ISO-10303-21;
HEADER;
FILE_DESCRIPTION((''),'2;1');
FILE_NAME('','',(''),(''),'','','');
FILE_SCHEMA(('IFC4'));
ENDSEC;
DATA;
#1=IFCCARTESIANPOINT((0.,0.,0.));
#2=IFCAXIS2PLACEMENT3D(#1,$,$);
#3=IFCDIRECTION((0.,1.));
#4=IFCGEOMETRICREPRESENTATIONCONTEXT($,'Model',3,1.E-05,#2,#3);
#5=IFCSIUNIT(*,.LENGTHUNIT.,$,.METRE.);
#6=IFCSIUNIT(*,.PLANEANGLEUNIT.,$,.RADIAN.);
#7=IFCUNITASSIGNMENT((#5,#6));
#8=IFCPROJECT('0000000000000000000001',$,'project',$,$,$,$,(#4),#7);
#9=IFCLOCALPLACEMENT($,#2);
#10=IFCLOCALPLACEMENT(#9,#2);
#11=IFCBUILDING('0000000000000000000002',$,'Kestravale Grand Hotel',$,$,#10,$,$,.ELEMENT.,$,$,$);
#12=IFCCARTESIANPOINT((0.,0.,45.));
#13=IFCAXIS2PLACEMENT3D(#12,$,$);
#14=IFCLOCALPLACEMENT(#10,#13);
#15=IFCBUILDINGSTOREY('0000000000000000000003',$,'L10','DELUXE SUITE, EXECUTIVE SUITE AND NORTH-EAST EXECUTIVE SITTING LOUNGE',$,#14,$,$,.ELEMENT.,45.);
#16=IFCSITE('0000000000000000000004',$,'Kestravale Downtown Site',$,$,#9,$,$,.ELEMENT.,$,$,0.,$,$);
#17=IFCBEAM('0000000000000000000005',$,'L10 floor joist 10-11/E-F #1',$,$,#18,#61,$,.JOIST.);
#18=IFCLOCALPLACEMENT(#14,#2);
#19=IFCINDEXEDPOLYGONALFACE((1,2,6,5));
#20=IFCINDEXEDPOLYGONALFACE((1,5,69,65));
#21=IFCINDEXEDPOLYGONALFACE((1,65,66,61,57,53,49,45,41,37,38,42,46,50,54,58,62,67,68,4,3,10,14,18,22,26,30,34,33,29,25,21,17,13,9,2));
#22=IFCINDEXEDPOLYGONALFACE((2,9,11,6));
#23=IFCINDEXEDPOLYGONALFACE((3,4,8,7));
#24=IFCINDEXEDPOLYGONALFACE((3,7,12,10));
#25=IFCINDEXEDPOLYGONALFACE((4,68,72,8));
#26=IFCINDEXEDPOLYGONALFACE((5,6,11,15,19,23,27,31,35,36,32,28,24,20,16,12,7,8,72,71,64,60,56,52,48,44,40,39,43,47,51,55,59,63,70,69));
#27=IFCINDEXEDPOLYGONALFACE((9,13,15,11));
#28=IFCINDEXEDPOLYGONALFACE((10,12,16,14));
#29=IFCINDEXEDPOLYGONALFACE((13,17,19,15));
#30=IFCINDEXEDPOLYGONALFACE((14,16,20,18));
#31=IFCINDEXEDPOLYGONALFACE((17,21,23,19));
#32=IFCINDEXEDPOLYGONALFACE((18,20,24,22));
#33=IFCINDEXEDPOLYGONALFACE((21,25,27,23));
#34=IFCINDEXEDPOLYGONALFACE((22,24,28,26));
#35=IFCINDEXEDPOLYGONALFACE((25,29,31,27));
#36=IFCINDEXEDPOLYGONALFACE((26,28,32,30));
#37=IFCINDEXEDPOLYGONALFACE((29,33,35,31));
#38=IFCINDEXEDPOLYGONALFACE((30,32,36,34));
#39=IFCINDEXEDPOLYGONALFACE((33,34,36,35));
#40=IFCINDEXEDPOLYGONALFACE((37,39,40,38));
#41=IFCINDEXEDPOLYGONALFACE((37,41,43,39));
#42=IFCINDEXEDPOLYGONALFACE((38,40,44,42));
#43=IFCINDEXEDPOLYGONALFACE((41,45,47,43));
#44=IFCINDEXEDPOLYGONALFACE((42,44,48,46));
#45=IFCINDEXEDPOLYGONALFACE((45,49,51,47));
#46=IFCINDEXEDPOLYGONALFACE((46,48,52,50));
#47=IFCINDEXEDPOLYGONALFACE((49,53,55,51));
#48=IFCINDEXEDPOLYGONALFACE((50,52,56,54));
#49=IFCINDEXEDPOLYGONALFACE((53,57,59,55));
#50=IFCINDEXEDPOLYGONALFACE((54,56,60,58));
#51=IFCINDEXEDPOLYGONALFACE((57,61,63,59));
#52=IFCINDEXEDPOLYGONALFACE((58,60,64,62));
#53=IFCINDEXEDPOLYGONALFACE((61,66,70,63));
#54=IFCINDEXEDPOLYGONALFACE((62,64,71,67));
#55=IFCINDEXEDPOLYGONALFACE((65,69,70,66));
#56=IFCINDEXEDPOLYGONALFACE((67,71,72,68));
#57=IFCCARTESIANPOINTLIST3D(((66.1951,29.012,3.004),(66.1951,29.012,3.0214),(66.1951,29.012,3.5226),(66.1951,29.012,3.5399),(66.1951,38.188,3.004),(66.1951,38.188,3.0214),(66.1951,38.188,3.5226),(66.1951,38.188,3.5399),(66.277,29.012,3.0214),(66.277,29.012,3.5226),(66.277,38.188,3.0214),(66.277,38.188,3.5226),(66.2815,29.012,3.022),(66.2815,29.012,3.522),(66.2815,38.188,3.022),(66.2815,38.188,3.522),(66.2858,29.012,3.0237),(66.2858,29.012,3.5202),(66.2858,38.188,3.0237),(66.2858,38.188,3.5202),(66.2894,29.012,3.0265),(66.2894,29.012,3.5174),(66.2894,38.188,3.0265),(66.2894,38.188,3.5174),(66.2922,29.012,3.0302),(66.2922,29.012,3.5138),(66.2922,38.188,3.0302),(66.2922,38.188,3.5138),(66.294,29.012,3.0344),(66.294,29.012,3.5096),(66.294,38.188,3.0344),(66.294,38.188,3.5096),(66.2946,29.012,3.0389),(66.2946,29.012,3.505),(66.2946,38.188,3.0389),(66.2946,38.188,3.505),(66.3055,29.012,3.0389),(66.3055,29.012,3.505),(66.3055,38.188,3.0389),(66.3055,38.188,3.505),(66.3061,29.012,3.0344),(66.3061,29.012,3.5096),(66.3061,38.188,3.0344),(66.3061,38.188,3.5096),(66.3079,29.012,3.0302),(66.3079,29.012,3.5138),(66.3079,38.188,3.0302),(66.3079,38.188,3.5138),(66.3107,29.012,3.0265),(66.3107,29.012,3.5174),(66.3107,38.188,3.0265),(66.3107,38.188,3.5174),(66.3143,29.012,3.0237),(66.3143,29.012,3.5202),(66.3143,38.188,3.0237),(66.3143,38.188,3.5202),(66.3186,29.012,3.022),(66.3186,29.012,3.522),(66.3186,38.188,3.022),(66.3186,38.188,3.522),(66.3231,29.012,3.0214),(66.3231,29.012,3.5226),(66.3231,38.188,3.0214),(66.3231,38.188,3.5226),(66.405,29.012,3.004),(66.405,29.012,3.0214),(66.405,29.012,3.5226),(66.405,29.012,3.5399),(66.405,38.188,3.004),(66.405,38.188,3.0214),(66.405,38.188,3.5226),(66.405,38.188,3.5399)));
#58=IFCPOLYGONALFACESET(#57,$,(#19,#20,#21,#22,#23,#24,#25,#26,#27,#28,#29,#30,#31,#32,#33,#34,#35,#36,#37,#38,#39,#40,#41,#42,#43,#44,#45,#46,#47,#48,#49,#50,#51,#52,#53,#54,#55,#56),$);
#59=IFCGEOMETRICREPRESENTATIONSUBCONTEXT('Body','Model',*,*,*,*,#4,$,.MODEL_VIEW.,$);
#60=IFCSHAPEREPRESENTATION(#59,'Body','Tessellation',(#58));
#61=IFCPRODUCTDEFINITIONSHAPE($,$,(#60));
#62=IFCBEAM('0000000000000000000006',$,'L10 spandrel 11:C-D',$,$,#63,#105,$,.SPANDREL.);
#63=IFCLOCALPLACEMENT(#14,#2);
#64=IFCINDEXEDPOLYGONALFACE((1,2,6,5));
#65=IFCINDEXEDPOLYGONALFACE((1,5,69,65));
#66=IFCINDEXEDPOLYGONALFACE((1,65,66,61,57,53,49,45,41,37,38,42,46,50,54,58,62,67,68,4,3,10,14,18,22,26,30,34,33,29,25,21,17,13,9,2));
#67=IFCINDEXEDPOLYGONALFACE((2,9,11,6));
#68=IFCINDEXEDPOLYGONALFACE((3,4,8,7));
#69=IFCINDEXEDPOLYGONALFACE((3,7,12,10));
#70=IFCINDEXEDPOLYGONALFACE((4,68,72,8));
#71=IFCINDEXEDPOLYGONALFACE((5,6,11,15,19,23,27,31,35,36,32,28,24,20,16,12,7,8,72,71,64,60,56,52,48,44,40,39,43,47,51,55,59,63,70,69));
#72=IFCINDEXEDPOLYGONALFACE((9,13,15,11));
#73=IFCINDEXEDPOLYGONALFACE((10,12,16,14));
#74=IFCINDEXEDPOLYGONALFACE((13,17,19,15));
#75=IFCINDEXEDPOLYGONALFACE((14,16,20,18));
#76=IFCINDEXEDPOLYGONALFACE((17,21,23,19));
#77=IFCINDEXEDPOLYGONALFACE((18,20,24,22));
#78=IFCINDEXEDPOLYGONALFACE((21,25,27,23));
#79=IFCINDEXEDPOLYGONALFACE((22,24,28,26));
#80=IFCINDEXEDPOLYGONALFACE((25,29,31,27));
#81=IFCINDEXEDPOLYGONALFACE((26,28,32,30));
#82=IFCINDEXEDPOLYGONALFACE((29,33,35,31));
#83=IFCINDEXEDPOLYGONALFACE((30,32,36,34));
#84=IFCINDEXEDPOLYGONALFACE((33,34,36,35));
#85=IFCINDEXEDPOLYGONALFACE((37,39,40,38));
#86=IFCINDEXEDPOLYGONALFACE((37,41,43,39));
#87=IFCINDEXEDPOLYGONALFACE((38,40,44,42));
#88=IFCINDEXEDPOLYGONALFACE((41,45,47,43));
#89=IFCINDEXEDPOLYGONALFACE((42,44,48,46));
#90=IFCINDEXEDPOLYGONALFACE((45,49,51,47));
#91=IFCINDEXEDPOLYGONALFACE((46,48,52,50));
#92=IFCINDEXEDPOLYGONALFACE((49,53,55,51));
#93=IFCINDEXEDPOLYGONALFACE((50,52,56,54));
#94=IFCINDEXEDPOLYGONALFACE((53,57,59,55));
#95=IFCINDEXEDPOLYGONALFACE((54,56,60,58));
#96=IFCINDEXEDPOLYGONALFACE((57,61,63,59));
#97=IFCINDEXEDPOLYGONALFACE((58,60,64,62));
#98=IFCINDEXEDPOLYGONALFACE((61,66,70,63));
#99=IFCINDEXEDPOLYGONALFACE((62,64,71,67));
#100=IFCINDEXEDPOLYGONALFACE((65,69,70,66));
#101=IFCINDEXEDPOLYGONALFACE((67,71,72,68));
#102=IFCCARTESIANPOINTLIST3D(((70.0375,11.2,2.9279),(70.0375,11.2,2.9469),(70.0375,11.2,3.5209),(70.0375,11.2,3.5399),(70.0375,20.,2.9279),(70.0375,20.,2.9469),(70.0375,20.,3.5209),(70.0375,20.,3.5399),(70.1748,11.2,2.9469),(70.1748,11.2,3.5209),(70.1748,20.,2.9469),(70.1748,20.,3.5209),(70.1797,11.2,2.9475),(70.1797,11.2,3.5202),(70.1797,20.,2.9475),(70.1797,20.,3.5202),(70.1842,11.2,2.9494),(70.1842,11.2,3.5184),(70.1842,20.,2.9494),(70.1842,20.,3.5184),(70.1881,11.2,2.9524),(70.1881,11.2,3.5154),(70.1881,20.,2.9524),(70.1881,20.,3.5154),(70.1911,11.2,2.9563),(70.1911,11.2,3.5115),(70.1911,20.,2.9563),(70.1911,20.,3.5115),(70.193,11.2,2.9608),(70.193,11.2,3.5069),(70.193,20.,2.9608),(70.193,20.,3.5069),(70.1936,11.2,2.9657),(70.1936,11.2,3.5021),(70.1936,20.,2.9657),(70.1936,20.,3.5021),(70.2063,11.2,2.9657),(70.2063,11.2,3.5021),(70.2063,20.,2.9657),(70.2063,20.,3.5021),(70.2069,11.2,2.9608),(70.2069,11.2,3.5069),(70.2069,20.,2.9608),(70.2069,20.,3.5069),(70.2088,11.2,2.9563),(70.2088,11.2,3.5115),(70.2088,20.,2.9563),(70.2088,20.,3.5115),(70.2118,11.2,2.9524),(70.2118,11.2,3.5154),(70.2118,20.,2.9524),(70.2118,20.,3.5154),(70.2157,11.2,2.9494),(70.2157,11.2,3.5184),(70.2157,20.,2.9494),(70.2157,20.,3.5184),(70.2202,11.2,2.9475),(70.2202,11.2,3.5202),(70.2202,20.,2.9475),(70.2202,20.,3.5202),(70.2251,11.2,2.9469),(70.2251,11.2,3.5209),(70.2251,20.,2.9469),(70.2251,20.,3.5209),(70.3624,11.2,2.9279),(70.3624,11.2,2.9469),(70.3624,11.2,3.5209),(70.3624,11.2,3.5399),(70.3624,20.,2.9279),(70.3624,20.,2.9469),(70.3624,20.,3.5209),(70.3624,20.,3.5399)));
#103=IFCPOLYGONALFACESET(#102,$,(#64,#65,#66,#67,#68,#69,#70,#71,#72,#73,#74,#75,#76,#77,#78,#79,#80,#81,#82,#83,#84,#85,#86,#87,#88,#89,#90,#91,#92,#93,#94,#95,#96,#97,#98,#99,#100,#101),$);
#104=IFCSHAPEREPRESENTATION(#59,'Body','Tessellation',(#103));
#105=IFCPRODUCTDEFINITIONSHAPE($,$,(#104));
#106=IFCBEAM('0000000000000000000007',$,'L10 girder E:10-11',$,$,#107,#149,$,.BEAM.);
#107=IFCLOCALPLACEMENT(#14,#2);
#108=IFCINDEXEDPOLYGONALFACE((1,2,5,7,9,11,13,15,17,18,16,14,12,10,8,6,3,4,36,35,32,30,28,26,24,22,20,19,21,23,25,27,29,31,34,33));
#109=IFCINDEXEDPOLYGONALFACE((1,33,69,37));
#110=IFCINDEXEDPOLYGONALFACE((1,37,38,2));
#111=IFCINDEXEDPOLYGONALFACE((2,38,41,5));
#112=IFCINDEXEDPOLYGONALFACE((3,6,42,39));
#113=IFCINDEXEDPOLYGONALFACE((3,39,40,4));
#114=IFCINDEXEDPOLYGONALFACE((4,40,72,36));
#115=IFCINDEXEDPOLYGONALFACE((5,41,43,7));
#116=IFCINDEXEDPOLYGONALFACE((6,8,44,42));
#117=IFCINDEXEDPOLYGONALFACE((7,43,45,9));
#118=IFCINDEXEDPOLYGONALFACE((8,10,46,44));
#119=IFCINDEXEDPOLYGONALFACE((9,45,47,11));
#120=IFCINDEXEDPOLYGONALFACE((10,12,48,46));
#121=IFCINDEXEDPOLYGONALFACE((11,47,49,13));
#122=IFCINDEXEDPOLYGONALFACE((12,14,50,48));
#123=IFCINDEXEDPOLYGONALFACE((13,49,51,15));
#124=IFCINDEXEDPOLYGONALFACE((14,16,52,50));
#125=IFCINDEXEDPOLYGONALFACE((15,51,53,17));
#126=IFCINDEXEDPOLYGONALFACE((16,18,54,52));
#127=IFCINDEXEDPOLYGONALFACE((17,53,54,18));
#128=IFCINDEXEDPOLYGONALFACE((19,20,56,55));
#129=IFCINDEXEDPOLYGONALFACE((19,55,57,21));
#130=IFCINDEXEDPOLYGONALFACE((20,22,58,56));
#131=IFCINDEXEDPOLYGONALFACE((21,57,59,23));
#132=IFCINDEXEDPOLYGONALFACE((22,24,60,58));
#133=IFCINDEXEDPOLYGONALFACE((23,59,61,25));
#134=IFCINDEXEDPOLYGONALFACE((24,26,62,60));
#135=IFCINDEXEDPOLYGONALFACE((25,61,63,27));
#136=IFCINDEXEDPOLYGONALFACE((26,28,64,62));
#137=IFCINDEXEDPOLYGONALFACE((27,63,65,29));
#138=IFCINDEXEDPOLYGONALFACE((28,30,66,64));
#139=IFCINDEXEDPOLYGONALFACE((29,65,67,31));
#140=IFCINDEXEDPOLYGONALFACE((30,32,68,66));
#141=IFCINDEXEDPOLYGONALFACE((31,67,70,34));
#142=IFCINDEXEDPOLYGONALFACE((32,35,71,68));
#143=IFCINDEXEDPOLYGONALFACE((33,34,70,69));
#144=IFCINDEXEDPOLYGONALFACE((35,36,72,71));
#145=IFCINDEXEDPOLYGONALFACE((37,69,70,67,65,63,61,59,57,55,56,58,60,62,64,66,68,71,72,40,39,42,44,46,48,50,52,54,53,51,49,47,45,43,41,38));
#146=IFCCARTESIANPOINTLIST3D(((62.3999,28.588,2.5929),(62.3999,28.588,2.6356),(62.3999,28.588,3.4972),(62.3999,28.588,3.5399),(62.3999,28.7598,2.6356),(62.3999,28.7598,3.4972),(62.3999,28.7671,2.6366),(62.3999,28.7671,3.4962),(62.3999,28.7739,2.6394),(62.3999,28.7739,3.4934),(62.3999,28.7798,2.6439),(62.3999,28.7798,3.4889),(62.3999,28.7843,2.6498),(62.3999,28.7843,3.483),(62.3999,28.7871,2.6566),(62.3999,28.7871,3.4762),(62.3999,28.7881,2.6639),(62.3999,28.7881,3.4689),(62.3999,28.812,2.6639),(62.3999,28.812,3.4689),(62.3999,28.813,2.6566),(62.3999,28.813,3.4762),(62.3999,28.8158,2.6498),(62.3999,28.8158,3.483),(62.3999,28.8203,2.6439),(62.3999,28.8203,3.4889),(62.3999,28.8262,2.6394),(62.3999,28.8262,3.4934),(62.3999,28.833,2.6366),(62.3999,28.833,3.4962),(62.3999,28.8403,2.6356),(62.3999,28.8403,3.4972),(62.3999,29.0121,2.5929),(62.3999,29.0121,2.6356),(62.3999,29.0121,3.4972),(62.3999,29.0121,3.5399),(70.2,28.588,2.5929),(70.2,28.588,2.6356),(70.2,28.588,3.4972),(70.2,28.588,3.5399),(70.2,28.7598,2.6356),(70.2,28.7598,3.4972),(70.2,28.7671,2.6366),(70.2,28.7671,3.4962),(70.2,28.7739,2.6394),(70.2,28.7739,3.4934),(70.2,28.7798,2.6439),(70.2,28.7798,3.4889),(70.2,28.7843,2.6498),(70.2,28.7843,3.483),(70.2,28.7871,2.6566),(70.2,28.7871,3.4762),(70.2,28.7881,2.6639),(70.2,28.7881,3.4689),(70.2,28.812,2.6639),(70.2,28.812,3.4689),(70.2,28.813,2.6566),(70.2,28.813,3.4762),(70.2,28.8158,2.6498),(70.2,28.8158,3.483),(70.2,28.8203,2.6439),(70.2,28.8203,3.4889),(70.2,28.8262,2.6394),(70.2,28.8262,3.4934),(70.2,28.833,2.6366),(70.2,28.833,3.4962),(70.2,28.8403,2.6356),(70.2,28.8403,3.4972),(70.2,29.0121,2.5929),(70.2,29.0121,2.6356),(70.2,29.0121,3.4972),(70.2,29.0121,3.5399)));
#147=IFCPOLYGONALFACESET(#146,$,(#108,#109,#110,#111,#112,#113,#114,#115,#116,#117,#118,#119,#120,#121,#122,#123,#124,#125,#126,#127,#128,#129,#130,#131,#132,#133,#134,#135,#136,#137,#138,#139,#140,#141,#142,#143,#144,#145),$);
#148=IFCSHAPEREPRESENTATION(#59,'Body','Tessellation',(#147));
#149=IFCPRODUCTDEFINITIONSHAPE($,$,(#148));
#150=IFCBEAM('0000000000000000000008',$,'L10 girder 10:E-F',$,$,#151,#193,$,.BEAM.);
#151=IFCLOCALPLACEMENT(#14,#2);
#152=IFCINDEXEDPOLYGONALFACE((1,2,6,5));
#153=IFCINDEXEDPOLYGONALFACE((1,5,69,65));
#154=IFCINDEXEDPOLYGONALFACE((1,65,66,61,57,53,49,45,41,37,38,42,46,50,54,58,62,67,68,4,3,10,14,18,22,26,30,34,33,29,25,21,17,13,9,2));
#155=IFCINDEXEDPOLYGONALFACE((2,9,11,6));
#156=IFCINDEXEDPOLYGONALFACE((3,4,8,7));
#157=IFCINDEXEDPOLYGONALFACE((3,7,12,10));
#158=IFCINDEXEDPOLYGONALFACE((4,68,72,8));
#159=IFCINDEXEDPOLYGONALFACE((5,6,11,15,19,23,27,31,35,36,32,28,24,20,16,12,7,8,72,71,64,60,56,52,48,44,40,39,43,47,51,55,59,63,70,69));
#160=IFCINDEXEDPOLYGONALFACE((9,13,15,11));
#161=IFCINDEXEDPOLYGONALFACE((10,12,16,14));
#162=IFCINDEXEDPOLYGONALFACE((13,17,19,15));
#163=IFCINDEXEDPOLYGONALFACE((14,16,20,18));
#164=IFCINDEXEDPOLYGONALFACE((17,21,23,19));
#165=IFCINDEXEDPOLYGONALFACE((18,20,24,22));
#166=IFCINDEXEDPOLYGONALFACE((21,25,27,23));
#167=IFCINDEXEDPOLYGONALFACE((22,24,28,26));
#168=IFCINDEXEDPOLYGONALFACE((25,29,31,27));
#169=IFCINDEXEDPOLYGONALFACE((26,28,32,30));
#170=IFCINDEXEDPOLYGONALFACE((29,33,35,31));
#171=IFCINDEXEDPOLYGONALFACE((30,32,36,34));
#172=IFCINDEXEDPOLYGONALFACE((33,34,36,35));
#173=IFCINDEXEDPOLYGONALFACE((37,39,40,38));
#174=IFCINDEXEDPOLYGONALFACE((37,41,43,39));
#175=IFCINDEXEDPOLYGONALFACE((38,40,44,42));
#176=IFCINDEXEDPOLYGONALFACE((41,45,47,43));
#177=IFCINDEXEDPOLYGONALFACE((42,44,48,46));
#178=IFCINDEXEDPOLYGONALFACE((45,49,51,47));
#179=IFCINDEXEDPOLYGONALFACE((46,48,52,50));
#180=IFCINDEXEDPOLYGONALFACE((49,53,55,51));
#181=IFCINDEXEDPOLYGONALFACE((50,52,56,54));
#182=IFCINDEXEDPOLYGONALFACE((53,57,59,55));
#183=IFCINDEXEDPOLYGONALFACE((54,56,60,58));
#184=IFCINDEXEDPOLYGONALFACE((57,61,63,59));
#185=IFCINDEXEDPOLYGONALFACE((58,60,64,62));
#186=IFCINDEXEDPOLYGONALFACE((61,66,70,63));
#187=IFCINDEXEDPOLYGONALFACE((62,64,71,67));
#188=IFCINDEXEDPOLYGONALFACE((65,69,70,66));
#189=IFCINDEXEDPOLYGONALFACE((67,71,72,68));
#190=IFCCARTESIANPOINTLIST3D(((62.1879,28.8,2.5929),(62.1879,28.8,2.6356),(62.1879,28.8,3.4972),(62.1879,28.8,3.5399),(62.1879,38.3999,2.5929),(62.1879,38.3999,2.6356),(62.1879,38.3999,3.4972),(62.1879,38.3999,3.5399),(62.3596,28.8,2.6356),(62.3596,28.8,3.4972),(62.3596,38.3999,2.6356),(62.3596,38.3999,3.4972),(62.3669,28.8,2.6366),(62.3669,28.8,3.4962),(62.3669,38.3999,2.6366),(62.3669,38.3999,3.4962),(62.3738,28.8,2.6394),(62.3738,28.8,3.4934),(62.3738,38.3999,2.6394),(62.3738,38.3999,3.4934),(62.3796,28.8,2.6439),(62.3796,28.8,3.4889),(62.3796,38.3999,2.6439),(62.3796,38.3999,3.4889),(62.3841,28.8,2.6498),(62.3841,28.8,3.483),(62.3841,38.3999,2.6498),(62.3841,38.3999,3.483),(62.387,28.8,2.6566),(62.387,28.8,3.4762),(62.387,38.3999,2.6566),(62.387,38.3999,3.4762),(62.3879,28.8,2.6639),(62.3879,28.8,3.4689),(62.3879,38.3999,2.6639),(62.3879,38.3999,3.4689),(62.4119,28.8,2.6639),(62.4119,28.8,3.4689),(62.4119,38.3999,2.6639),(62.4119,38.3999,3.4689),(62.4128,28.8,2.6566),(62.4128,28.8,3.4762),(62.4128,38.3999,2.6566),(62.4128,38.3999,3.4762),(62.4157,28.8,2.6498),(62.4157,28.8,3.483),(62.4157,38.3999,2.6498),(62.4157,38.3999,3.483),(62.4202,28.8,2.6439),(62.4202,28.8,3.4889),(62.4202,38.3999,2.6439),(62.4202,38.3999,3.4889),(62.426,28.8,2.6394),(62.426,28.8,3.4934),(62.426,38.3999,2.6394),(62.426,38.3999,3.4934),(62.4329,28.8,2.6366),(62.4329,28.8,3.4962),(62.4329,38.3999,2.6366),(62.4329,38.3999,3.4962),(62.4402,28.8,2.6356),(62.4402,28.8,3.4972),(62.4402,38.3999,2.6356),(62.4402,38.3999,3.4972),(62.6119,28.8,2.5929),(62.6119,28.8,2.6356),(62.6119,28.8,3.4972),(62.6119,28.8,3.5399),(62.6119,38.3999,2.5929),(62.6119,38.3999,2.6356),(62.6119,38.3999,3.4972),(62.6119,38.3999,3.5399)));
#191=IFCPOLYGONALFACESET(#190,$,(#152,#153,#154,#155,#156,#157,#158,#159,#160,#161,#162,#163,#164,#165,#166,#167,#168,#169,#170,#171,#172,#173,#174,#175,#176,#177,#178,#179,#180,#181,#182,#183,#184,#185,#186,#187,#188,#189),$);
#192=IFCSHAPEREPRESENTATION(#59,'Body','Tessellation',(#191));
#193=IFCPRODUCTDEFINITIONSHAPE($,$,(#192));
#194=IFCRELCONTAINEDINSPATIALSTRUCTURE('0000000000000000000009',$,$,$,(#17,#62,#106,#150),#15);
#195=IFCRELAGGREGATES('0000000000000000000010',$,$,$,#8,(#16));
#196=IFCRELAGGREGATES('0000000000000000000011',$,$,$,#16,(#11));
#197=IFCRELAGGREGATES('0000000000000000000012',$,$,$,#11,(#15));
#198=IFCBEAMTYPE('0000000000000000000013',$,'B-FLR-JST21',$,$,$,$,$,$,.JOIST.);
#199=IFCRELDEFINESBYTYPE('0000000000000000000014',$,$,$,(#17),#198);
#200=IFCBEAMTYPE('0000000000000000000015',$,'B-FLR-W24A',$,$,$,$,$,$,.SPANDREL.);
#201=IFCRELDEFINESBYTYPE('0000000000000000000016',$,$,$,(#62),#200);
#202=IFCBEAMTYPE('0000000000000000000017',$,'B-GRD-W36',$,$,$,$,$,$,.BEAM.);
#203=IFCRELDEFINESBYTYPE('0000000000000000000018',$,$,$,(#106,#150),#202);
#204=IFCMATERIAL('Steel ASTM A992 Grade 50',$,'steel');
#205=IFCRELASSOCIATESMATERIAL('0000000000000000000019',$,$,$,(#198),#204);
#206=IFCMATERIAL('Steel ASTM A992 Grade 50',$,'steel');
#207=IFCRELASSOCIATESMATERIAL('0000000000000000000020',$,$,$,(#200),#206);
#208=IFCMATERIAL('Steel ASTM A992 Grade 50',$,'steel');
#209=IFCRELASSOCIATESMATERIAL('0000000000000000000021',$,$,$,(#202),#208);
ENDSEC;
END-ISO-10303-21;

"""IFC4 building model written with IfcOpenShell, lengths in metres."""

from ifc_helpers import new_model, si_unit, direction, frame, origin, origin_2d, place, context, subcontext, project, spatial, i_section, extrude, material, material_profile, profile_set, type_object, element, save


model = new_model("IFC4")

# Units and contexts
model_context = context("Model", 3, precision=1e-05, world=origin(), true_north=direction((0.0, 1.0)))
body_context = subcontext(model_context, "Body", "Model", "MODEL_VIEW")
ifc_project = project(units=[si_unit("LENGTHUNIT", "METRE"), si_unit("PLANEANGLEUNIT", "RADIAN")], contexts=[model_context])

# Site, building, storey
site_placement = place(None, origin())
site = spatial("IfcSite", under=ifc_project, at=site_placement, Name="Kestravale Downtown Site", CompositionType="ELEMENT", RefElevation=0.0)
building_placement = place(site_placement, origin())
building = spatial("IfcBuilding", under=site, at=building_placement, Name="Kestravale Grand Hotel", CompositionType="ELEMENT")
storey_placement = place(building_placement, frame((0.0, 0.0, 45.0)))
storey = spatial("IfcBuildingStorey", under=building, at=storey_placement, Name="L10", Description="DELUXE SUITE, EXECUTIVE SUITE AND NORTH-EAST EXECUTIVE SITTING LOUNGE", CompositionType="ELEMENT", Elevation=45.0)

# Beams
ifc_material_1 = material(Name="Steel ASTM A992 Grade 50", Category="steel")
ifc_material_profile_1 = material_profile(ifc_material_1, i_section(OverallWidth=0.21, OverallDepth=0.5359, WebThickness=0.011, FlangeThickness=0.0173, FilletRadius=0.0176, at=origin_2d()))
ifc_profile_set_1 = profile_set([ifc_material_profile_1], Name="Steel ASTM A992 Grade 50")
beam_type_1 = type_object("IfcBeamType", Name="B-FLR-JST21", PredefinedType="JOIST", material=ifc_profile_set_1)
beam_1_placement = place(storey_placement, frame((66.3, 29.012, 3.272), z_axis=(0.0, 1.0, 0.0), x_axis=(-1.0, 0.0, 0.0)))
element("IfcBeam", 1, at=beam_1_placement, inside=storey, type_object=beam_type_1, Name="L10 floor joist 10-11/E-F #1", PredefinedType="JOIST", context=body_context, shape_type="SweptSolid", body=[
    extrude(i_section(OverallWidth=0.21, OverallDepth=0.5359, WebThickness=0.011, FlangeThickness=0.0173, FilletRadius=0.0176, at=origin_2d()), origin(), (0.0, 0.0, 1.0), 9.176),
])
ifc_material_2 = material(Name="Steel ASTM A992 Grade 50", Category="steel")
ifc_material_profile_2 = material_profile(ifc_material_2, i_section(OverallWidth=0.325, OverallDepth=0.6121, WebThickness=0.0127, FlangeThickness=0.019, FilletRadius=0.0188, at=origin_2d()))
ifc_profile_set_2 = profile_set([ifc_material_profile_2], Name="Steel ASTM A992 Grade 50")
beam_type_2 = type_object("IfcBeamType", Name="B-FLR-W24A", PredefinedType="SPANDREL", material=ifc_profile_set_2)
beam_2_placement = place(storey_placement, frame((70.2, 11.2, 3.2339), z_axis=(0.0, 1.0, 0.0), x_axis=(-1.0, 0.0, 0.0)))
element("IfcBeam", 2, at=beam_2_placement, inside=storey, type_object=beam_type_2, Name="L10 spandrel 11:C-D", PredefinedType="SPANDREL", context=body_context, shape_type="SweptSolid", body=[
    extrude(i_section(OverallWidth=0.325, OverallDepth=0.6121, WebThickness=0.0127, FlangeThickness=0.019, FilletRadius=0.0188, at=origin_2d()), origin(), (0.0, 0.0, 1.0), 8.8),
])
ifc_material_3 = material(Name="Steel ASTM A992 Grade 50", Category="steel")
ifc_material_profile_3 = material_profile(ifc_material_3, i_section(OverallWidth=0.4241, OverallDepth=0.947, WebThickness=0.0239, FlangeThickness=0.0427, FilletRadius=0.0283, at=origin_2d()))
ifc_profile_set_3 = profile_set([ifc_material_profile_3], Name="Steel ASTM A992 Grade 50")
beam_type_3 = type_object("IfcBeamType", Name="B-GRD-W36", PredefinedType="BEAM", material=ifc_profile_set_3)
beam_3_placement = place(storey_placement, frame((62.3999, 28.8, 3.0664), z_axis=(1.0, 0.0, 0.0), x_axis=(0.0, 1.0, 0.0)))
element("IfcBeam", 3, at=beam_3_placement, inside=storey, type_object=beam_type_3, Name="L10 girder E:10-11", PredefinedType="BEAM", context=body_context, shape_type="SweptSolid", body=[
    extrude(i_section(OverallWidth=0.4241, OverallDepth=0.947, WebThickness=0.0239, FlangeThickness=0.0427, FilletRadius=0.0283, at=origin_2d()), origin(), (0.0, 0.0, 1.0), 7.8),
])
beam_4_placement = place(storey_placement, frame((62.3999, 28.8, 3.0664), z_axis=(0.0, 1.0, 0.0), x_axis=(-1.0, 0.0, 0.0)))
element("IfcBeam", 4, at=beam_4_placement, inside=storey, type_object=beam_type_3, Name="L10 girder 10:E-F", PredefinedType="BEAM", context=body_context, shape_type="SweptSolid", body=[
    extrude(i_section(OverallWidth=0.4241, OverallDepth=0.947, WebThickness=0.0239, FlangeThickness=0.0427, FilletRadius=0.0283, at=origin_2d()), origin(), (0.0, 0.0, 1.0), 9.5999),
])

save(model, "model.ifc")
